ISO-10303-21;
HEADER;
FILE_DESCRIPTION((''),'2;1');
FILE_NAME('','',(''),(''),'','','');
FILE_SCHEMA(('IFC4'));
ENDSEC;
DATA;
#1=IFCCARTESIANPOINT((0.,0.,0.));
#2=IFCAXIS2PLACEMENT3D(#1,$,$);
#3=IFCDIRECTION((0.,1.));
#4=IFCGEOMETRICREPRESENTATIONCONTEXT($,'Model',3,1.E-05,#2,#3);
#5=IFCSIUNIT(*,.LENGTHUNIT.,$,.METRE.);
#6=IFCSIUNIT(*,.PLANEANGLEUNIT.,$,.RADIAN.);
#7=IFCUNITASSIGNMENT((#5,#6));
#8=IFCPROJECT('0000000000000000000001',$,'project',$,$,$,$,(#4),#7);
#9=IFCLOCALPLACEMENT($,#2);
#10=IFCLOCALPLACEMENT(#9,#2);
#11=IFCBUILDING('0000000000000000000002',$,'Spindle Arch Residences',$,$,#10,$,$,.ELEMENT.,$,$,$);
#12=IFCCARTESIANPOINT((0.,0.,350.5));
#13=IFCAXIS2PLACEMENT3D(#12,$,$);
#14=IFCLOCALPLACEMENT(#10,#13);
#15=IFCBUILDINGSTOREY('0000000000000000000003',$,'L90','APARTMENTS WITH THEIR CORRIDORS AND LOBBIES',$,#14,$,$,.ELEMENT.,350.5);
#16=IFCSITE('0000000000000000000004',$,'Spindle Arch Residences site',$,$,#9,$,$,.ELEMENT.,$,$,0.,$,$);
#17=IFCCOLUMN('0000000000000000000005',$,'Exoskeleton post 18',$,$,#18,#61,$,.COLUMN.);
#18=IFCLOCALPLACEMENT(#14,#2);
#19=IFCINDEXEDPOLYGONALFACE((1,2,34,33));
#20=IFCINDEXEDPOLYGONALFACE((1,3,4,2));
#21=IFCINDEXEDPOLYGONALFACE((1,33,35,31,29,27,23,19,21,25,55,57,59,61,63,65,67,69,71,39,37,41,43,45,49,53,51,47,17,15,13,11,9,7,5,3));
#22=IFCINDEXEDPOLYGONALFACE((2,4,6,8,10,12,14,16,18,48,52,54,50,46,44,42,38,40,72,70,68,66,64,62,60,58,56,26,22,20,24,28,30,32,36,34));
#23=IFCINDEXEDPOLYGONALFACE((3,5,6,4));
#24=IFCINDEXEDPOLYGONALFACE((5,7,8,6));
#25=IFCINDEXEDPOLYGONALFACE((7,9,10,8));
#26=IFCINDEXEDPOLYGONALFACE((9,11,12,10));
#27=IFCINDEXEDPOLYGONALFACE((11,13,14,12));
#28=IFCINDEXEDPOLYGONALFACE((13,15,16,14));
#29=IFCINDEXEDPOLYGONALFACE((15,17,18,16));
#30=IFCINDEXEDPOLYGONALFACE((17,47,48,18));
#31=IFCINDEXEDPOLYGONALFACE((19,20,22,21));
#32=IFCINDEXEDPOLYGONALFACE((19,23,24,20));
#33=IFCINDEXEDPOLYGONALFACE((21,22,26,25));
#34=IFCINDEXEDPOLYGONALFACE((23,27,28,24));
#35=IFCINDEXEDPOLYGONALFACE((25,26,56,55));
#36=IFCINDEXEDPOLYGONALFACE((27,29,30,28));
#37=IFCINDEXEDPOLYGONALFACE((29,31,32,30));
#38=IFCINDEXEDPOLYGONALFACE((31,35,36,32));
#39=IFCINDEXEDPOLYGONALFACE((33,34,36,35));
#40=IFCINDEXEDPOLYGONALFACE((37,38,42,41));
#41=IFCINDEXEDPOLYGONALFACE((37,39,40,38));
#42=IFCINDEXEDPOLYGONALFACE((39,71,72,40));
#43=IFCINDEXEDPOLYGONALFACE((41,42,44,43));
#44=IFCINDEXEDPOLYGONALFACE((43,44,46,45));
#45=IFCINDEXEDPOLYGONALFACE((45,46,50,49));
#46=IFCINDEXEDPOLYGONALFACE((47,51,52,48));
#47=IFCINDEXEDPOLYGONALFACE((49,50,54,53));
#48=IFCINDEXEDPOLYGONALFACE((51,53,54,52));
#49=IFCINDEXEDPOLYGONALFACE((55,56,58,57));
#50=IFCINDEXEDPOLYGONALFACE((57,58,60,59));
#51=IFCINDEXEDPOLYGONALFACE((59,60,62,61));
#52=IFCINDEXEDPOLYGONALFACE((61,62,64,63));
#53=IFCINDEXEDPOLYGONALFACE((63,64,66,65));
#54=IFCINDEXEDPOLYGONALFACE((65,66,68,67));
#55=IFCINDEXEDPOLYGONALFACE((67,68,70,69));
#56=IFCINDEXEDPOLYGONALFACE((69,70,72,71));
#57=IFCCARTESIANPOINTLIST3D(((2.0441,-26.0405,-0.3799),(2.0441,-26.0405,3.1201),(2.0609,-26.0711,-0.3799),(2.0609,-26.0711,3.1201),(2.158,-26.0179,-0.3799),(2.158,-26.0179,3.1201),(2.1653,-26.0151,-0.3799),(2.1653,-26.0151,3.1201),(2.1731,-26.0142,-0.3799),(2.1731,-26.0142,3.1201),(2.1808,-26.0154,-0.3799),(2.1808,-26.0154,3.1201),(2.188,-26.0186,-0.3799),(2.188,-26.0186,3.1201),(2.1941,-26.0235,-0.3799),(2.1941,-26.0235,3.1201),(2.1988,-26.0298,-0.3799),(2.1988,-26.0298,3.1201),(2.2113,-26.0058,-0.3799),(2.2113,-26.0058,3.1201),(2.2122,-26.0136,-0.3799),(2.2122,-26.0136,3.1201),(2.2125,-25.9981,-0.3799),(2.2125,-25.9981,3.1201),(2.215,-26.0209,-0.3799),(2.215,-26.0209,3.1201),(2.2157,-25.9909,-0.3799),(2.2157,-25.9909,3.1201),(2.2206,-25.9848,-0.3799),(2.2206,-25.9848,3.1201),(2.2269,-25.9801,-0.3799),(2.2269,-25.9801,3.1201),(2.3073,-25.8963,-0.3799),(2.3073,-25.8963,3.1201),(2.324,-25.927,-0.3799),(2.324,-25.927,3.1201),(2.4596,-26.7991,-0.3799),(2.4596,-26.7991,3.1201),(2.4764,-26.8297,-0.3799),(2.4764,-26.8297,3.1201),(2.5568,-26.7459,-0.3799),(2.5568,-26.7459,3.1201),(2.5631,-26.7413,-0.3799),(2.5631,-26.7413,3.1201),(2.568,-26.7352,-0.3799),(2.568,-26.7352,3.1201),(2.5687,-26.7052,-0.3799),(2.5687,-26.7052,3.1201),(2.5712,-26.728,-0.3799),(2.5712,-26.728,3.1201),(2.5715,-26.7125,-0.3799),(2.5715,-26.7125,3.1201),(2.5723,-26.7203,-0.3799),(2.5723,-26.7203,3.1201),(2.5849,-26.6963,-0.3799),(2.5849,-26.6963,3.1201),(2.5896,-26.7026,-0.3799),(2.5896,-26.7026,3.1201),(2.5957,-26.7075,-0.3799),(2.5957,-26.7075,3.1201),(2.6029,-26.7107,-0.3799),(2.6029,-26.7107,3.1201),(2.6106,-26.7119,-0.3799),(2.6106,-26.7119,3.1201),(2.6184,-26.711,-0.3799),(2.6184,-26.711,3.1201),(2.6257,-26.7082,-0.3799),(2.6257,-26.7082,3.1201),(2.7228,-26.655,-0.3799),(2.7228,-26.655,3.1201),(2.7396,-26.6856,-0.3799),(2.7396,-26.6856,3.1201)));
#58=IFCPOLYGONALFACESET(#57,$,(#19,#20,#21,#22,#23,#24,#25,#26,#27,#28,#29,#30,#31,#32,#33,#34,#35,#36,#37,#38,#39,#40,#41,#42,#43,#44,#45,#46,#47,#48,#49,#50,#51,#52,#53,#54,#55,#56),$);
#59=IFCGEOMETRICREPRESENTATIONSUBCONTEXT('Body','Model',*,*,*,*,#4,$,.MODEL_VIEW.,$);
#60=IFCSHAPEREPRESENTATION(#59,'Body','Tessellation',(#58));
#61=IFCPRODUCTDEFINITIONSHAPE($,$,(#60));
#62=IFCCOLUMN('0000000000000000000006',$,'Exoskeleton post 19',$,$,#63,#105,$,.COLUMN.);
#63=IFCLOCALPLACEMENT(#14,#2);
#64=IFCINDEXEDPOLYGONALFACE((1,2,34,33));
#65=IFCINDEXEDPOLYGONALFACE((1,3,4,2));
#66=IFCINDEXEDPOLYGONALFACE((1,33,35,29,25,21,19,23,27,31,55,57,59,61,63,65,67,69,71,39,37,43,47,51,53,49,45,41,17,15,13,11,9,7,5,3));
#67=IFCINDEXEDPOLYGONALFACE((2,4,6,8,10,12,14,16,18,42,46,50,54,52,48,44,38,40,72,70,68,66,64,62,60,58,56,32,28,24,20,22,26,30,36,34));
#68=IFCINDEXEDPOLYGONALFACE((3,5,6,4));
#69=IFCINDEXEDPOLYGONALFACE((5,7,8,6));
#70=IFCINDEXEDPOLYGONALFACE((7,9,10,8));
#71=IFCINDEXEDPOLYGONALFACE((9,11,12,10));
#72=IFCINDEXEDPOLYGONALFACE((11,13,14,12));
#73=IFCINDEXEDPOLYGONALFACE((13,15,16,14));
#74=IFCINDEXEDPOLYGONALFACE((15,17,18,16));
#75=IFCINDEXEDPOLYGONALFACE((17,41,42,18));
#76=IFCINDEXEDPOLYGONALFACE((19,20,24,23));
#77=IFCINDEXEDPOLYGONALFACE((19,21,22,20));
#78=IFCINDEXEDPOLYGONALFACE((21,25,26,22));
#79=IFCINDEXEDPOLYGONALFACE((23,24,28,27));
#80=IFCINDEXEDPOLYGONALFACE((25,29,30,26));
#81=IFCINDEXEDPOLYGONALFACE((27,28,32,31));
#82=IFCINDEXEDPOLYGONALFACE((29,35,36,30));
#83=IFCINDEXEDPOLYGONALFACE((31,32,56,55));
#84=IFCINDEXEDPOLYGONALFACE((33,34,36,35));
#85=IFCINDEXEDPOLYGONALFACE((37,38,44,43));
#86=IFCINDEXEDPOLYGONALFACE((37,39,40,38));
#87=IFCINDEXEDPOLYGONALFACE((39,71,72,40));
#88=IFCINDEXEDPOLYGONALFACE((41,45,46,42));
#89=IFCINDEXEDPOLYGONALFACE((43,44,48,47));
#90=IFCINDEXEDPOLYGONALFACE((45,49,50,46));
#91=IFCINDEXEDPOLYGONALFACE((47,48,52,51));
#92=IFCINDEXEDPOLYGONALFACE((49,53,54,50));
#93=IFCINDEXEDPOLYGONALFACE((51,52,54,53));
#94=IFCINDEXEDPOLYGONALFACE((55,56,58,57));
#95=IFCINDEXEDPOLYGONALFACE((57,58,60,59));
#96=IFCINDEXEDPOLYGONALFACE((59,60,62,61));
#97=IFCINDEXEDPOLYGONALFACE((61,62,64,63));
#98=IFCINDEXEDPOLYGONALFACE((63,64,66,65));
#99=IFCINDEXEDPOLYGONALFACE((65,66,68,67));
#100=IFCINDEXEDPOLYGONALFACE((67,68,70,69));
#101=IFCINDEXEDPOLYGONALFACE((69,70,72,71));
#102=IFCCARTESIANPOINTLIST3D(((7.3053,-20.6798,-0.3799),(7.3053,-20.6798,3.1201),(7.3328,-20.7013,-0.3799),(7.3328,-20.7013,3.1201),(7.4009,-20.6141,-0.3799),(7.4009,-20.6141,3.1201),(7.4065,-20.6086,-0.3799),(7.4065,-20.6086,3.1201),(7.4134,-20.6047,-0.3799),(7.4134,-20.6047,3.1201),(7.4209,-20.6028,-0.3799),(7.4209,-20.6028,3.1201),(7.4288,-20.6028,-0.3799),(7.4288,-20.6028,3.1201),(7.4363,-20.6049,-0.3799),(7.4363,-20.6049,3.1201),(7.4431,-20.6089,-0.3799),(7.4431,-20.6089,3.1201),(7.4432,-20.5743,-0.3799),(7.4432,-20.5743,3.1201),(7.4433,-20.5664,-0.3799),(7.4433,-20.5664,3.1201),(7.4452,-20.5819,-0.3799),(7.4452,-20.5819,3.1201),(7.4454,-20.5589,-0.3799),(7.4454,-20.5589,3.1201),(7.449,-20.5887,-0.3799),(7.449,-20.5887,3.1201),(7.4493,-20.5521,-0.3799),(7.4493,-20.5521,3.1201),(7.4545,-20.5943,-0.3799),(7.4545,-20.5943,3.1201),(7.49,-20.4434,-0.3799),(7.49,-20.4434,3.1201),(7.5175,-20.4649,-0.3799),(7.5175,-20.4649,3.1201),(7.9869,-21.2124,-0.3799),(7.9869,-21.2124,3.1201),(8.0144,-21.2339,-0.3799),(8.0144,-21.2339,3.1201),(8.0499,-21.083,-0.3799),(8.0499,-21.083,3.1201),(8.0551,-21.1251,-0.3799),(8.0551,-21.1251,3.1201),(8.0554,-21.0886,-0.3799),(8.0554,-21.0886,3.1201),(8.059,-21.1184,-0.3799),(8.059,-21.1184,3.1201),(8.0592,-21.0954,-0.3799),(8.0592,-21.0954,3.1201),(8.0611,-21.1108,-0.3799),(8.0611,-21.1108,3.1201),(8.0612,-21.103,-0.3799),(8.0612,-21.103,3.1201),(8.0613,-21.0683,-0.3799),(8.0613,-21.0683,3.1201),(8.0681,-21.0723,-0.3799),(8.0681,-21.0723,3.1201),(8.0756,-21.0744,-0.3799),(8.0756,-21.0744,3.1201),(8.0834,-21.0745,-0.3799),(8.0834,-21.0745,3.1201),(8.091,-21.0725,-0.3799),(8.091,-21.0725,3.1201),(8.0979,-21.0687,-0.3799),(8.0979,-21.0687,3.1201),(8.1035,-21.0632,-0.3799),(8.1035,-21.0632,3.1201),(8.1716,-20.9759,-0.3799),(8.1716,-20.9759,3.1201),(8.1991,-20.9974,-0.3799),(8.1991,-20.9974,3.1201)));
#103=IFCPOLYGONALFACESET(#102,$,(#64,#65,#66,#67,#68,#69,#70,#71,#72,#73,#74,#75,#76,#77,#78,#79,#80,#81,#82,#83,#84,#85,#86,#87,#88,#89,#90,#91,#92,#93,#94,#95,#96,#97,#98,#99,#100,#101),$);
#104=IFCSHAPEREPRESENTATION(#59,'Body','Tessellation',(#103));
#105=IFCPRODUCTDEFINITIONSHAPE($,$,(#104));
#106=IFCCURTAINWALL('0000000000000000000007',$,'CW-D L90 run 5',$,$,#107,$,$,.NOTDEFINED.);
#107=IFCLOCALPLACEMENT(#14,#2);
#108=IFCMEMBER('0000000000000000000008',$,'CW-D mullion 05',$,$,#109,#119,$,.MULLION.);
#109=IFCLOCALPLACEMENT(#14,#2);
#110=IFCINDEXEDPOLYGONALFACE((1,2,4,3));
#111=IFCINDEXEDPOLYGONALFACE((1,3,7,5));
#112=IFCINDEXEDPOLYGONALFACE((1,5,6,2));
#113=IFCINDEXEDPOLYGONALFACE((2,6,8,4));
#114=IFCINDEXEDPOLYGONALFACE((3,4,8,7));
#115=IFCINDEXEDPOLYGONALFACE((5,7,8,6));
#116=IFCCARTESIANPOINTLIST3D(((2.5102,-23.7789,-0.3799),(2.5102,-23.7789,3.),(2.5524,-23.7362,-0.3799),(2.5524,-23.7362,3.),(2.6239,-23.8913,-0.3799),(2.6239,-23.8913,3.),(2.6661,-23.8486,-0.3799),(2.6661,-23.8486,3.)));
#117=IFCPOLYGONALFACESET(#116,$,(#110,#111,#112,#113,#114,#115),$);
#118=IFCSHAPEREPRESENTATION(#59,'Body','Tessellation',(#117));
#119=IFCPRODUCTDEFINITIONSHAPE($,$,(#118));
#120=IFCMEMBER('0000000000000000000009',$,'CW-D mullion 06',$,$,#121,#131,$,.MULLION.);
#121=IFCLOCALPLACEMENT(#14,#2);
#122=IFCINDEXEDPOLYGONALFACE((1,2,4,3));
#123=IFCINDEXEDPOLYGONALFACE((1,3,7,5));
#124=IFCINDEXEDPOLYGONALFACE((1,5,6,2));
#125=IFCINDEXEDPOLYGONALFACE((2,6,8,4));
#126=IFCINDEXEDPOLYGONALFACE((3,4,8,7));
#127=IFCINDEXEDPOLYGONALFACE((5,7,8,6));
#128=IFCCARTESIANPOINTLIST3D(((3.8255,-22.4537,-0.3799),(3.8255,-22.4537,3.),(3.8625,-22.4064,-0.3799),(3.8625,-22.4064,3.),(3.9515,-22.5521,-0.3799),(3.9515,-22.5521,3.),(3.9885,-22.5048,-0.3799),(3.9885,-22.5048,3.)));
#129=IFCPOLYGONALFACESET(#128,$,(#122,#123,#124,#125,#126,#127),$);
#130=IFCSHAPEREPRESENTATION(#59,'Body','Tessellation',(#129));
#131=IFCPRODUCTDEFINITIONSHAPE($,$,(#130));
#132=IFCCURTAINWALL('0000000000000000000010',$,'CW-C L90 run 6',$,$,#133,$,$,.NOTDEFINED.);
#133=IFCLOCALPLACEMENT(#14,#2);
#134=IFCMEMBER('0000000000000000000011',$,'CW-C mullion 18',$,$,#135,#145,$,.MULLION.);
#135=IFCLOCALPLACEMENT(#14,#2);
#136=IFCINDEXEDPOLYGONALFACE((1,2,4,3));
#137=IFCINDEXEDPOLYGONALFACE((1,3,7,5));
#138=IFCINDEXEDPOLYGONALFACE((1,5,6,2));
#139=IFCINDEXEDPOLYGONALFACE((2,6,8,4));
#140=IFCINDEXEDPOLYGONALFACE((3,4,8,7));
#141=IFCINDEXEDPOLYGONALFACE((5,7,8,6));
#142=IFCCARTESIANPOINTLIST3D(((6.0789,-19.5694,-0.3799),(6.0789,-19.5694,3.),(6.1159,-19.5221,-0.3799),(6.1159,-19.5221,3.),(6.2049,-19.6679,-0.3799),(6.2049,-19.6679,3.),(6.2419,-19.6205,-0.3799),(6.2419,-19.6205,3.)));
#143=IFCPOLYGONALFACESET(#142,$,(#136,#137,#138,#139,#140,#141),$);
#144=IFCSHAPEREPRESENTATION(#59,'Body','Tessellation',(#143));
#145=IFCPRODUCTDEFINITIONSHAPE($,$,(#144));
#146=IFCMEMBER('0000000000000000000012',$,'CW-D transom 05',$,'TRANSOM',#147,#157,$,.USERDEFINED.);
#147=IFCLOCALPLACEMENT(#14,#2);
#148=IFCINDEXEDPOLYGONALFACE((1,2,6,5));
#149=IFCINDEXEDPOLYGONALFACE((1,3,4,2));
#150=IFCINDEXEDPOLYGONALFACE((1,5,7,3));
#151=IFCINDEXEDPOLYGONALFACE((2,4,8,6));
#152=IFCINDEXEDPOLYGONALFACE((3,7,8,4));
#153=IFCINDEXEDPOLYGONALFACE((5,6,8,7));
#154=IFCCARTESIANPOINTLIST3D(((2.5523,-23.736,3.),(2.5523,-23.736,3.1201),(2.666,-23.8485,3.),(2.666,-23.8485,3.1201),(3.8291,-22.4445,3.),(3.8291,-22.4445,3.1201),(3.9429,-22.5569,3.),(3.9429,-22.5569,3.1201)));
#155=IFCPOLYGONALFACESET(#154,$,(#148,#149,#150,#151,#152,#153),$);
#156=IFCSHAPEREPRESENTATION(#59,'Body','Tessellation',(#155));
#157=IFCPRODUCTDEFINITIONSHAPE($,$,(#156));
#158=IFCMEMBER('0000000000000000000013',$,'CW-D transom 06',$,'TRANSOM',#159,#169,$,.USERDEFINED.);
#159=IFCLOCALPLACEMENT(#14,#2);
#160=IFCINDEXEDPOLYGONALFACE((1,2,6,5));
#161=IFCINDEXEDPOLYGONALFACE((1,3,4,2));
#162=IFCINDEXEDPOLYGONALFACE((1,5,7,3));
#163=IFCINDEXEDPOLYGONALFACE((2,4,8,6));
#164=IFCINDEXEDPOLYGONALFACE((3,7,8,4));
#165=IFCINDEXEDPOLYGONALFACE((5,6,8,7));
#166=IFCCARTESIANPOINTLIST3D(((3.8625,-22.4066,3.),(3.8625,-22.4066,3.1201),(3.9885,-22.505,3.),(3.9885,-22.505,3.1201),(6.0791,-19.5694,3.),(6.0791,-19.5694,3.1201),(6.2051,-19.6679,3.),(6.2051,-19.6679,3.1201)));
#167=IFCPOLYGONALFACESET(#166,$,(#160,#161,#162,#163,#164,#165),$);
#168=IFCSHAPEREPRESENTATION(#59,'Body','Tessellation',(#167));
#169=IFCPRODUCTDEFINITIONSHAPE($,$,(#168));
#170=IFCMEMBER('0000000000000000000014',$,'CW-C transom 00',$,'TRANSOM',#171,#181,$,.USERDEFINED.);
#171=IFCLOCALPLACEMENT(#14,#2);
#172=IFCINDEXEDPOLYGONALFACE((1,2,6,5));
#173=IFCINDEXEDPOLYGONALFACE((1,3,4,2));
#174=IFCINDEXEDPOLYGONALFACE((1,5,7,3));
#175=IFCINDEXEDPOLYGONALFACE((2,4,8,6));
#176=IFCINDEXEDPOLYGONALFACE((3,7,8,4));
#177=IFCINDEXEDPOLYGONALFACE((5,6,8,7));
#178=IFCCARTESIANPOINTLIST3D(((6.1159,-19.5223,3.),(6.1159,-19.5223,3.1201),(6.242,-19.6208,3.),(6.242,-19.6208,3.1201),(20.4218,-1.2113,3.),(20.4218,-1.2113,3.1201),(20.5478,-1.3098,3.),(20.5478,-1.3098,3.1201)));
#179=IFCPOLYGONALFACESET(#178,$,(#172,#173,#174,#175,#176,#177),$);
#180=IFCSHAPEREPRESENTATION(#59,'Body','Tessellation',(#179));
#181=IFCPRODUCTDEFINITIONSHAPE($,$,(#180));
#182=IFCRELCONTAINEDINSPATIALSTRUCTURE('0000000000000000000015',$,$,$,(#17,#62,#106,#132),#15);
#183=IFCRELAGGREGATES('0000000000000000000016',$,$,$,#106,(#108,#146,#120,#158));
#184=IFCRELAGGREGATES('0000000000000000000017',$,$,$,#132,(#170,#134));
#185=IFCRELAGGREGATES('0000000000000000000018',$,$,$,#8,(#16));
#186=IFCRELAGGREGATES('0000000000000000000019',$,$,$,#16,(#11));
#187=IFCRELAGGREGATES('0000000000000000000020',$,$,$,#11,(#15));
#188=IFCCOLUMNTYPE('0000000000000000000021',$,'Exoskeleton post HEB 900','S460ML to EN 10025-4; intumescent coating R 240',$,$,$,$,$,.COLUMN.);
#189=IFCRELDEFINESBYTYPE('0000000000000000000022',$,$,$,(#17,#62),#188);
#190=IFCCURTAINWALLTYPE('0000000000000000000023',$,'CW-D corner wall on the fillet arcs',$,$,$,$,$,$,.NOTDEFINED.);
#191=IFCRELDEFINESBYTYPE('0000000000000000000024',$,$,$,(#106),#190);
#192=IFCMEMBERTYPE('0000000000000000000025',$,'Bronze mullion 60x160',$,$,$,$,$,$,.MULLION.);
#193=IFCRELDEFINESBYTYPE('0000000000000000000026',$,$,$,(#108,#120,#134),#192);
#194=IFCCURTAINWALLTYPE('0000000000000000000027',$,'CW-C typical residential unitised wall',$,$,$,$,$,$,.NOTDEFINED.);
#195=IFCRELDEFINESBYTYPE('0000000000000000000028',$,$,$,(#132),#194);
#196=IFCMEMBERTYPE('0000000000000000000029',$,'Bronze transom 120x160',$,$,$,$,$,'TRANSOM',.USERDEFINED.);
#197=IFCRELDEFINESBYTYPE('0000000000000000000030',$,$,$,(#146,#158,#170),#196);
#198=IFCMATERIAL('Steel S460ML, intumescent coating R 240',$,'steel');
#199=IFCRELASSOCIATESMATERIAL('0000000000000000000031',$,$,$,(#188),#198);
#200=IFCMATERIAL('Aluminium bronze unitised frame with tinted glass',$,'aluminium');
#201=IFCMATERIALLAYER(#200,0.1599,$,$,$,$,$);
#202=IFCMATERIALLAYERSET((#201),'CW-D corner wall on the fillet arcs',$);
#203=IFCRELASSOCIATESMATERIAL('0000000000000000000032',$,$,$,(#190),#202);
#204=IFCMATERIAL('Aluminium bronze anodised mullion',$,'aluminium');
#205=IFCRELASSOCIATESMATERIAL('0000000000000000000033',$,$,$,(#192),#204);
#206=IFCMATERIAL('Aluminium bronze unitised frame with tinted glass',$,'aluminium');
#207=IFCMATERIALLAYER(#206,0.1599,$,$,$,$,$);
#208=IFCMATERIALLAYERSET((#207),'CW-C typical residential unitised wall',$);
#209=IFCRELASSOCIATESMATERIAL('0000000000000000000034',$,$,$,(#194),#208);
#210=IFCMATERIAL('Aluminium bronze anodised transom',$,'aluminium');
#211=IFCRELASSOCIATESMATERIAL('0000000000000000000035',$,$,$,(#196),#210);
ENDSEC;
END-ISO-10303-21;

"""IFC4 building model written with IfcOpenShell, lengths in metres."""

from ifc_helpers import new_model, si_unit, direction, frame, origin, origin_2d, place, context, subcontext, project, spatial, rectangle, i_section, extrude, material, layer, layer_set, material_profile, profile_set, type_object, element, aggregate, save


model = new_model("IFC4")

# Units and contexts
model_context = context("Model", 3, precision=1e-05, world=origin(), true_north=direction((0.0, 1.0)))
body_context = subcontext(model_context, "Body", "Model", "MODEL_VIEW")
ifc_project = project(units=[si_unit("LENGTHUNIT", "METRE"), si_unit("PLANEANGLEUNIT", "RADIAN")], contexts=[model_context])

# Site, building, storey
site_placement = place(None, origin())
site = spatial("IfcSite", under=ifc_project, at=site_placement, Name="Spindle Arch Residences site", CompositionType="ELEMENT", RefElevation=0.0)
building_placement = place(site_placement, origin())
building = spatial("IfcBuilding", under=site, at=building_placement, Name="Spindle Arch Residences", CompositionType="ELEMENT")
storey_placement = place(building_placement, frame((0.0, 0.0, 350.5)))
storey = spatial("IfcBuildingStorey", under=building, at=storey_placement, Name="L90", Description="APARTMENTS WITH THEIR CORRIDORS AND LOBBIES", CompositionType="ELEMENT", Elevation=350.5)

# Columns
ifc_material_1 = material(Name="Steel S460ML, intumescent coating R 240", Category="steel")
ifc_material_profile_1 = material_profile(ifc_material_1, i_section(OverallWidth=0.3, OverallDepth=0.8999, WebThickness=0.0186, FlangeThickness=0.0349, FilletRadius=0.03, at=origin_2d()), Name="HEB 900")
ifc_profile_set_1 = profile_set([ifc_material_profile_1], Name="Steel S460ML, intumescent coating R 240")
column_type = type_object("IfcColumnType", Name="Exoskeleton post HEB 900", Description="S460ML to EN 10025-4; intumescent coating R 240", PredefinedType="COLUMN", material=ifc_profile_set_1)
for number, where, z_axis, x_axis, name in (
    (1, (2.3918, -26.363, -0.3799), (0.0, 0.0, 1.0), (-0.877055, -0.480389, 0.0), "Exoskeleton post 18"),
    (2, (7.7522, -20.8386, -0.3799), (0.0, 0.0, 1.0), (-0.615661, -0.788011, 0.0), "Exoskeleton post 19"),
):
    element("IfcColumn", number, at=place(storey_placement, frame(where, z_axis=z_axis, x_axis=x_axis)), inside=storey, type_object=column_type, Name=name, PredefinedType="COLUMN", context=body_context, shape_type="SweptSolid", body=[
        extrude(i_section(OverallWidth=0.3, OverallDepth=0.8999, WebThickness=0.0186, FlangeThickness=0.0349, FilletRadius=0.03, at=origin_2d()), origin(), (0.0, 0.0, 1.0), 3.5),
    ])

# Curtain wall, members
ifc_material_2 = material(Name="Aluminium bronze unitised frame with tinted glass", Category="aluminium")
ifc_layer_1 = layer(ifc_material_2, 0.1599)
ifc_layer_set_1 = layer_set([ifc_layer_1], Name="CW-D corner wall on the fillet arcs")
curtain_wall_type_1 = type_object("IfcCurtainWallType", Name="CW-D corner wall on the fillet arcs", PredefinedType="NOTDEFINED", material=ifc_layer_set_1)
curtain_wall_1_placement = place(storey_placement, origin())
curtain_wall_1 = element("IfcCurtainWall", 3, at=curtain_wall_1_placement, inside=storey, type_object=curtain_wall_type_1, Name="CW-D L90 run 5", PredefinedType="NOTDEFINED")
ifc_material_3 = material(Name="Aluminium bronze anodised mullion", Category="aluminium")
ifc_material_profile_2 = material_profile(ifc_material_3, rectangle(XDim=0.1599, YDim=0.0601, at=origin_2d()), Name="MU 60x160")
ifc_profile_set_2 = profile_set([ifc_material_profile_2], Name="Aluminium bronze anodised mullion")
member_type_1 = type_object("IfcMemberType", Name="Bronze mullion 60x160", PredefinedType="MULLION", material=ifc_profile_set_2)
member_1_placement = place(storey_placement, frame((2.5881, -23.8137, -0.3799), z_axis=(0.0, 0.0, 1.0), x_axis=(-0.711209, 0.702981, 0.0)))
member_1 = element("IfcMember", 4, at=member_1_placement, type_object=member_type_1, Name="CW-D mullion 05", PredefinedType="MULLION", context=body_context, shape_type="SweptSolid", body=[
    extrude(rectangle(XDim=0.1599, YDim=0.0601, at=origin_2d()), origin(), (0.0, 0.0, 1.0), 3.3799),
])
member_2_placement = place(storey_placement, frame((3.907, -22.4792, -0.3799), z_axis=(0.0, 0.0, 1.0), x_axis=(-0.788011, 0.615661, 0.0)))
member_2 = element("IfcMember", 5, at=member_2_placement, type_object=member_type_1, Name="CW-D mullion 06", PredefinedType="MULLION", context=body_context, shape_type="SweptSolid", body=[
    extrude(rectangle(XDim=0.1599, YDim=0.0601, at=origin_2d()), origin(), (0.0, 0.0, 1.0), 3.3799),
])

# Curtain wall, member
ifc_material_4 = material(Name="Aluminium bronze unitised frame with tinted glass", Category="aluminium")
ifc_layer_2 = layer(ifc_material_4, 0.1599)
ifc_layer_set_2 = layer_set([ifc_layer_2], Name="CW-C typical residential unitised wall")
curtain_wall_type_2 = type_object("IfcCurtainWallType", Name="CW-C typical residential unitised wall", PredefinedType="NOTDEFINED", material=ifc_layer_set_2)
curtain_wall_2_placement = place(storey_placement, origin())
curtain_wall_2 = element("IfcCurtainWall", 6, at=curtain_wall_2_placement, inside=storey, type_object=curtain_wall_type_2, Name="CW-C L90 run 6", PredefinedType="NOTDEFINED")
member_3_placement = place(storey_placement, frame((6.1604, -19.595, -0.3799), z_axis=(0.0, 0.0, 1.0), x_axis=(-0.788011, 0.615661, 0.0)))
member_3 = element("IfcMember", 7, at=member_3_placement, type_object=member_type_1, Name="CW-C mullion 18", PredefinedType="MULLION", context=body_context, shape_type="SweptSolid", body=[
    extrude(rectangle(XDim=0.1599, YDim=0.0601, at=origin_2d()), origin(), (0.0, 0.0, 1.0), 3.3799),
])

# Members
ifc_material_5 = material(Name="Aluminium bronze anodised transom", Category="aluminium")
ifc_material_profile_3 = material_profile(ifc_material_5, rectangle(XDim=0.1599, YDim=0.1201, at=origin_2d()), Name="TR 120x160")
ifc_profile_set_3 = profile_set([ifc_material_profile_3], Name="Aluminium bronze anodised transom")
member_type_2 = type_object("IfcMemberType", Name="Bronze transom 120x160", ElementType="TRANSOM", PredefinedType="USERDEFINED", material=ifc_profile_set_3)
member_4_placement = place(storey_placement, frame((2.6091, -23.7922, 3.0601), z_axis=(0.703062, 0.711128, 0.0), x_axis=(-0.711128, 0.703062, 0.0)))
member_4 = element("IfcMember", 8, at=member_4_placement, type_object=member_type_2, Name="CW-D transom 05", ObjectType="TRANSOM", PredefinedType="USERDEFINED", context=body_context, shape_type="SweptSolid", body=[
    extrude(rectangle(XDim=0.1599, YDim=0.1201, at=origin_2d()), origin(), (0.0, 0.0, 1.0), 1.8162),
])
member_5_placement = place(storey_placement, frame((3.9255, -22.4558, 3.0601), z_axis=(0.615648, 0.788021, 0.0), x_axis=(-0.788021, 0.615648, 0.0)))
member_5 = element("IfcMember", 9, at=member_5_placement, type_object=member_type_2, Name="CW-D transom 06", ObjectType="TRANSOM", PredefinedType="USERDEFINED", context=body_context, shape_type="SweptSolid", body=[
    extrude(rectangle(XDim=0.1599, YDim=0.1201, at=origin_2d()), origin(), (0.0, 0.0, 1.0), 3.6003),
])
member_6_placement = place(storey_placement, frame((6.179, -19.5715, 3.0601), z_axis=(0.615655, 0.788016, 0.0), x_axis=(-0.788016, 0.615655, 0.0)))
member_6 = element("IfcMember", 10, at=member_6_placement, type_object=member_type_2, Name="CW-C transom 00", ObjectType="TRANSOM", PredefinedType="USERDEFINED", context=body_context, shape_type="SweptSolid", body=[
    extrude(rectangle(XDim=0.1599, YDim=0.1201, at=origin_2d()), origin(), (0.0, 0.0, 1.0), 23.2368),
])

aggregate(curtain_wall_1, [member_1, member_4, member_2, member_5])
aggregate(curtain_wall_2, [member_6, member_3])

save(model, "model.ifc")
